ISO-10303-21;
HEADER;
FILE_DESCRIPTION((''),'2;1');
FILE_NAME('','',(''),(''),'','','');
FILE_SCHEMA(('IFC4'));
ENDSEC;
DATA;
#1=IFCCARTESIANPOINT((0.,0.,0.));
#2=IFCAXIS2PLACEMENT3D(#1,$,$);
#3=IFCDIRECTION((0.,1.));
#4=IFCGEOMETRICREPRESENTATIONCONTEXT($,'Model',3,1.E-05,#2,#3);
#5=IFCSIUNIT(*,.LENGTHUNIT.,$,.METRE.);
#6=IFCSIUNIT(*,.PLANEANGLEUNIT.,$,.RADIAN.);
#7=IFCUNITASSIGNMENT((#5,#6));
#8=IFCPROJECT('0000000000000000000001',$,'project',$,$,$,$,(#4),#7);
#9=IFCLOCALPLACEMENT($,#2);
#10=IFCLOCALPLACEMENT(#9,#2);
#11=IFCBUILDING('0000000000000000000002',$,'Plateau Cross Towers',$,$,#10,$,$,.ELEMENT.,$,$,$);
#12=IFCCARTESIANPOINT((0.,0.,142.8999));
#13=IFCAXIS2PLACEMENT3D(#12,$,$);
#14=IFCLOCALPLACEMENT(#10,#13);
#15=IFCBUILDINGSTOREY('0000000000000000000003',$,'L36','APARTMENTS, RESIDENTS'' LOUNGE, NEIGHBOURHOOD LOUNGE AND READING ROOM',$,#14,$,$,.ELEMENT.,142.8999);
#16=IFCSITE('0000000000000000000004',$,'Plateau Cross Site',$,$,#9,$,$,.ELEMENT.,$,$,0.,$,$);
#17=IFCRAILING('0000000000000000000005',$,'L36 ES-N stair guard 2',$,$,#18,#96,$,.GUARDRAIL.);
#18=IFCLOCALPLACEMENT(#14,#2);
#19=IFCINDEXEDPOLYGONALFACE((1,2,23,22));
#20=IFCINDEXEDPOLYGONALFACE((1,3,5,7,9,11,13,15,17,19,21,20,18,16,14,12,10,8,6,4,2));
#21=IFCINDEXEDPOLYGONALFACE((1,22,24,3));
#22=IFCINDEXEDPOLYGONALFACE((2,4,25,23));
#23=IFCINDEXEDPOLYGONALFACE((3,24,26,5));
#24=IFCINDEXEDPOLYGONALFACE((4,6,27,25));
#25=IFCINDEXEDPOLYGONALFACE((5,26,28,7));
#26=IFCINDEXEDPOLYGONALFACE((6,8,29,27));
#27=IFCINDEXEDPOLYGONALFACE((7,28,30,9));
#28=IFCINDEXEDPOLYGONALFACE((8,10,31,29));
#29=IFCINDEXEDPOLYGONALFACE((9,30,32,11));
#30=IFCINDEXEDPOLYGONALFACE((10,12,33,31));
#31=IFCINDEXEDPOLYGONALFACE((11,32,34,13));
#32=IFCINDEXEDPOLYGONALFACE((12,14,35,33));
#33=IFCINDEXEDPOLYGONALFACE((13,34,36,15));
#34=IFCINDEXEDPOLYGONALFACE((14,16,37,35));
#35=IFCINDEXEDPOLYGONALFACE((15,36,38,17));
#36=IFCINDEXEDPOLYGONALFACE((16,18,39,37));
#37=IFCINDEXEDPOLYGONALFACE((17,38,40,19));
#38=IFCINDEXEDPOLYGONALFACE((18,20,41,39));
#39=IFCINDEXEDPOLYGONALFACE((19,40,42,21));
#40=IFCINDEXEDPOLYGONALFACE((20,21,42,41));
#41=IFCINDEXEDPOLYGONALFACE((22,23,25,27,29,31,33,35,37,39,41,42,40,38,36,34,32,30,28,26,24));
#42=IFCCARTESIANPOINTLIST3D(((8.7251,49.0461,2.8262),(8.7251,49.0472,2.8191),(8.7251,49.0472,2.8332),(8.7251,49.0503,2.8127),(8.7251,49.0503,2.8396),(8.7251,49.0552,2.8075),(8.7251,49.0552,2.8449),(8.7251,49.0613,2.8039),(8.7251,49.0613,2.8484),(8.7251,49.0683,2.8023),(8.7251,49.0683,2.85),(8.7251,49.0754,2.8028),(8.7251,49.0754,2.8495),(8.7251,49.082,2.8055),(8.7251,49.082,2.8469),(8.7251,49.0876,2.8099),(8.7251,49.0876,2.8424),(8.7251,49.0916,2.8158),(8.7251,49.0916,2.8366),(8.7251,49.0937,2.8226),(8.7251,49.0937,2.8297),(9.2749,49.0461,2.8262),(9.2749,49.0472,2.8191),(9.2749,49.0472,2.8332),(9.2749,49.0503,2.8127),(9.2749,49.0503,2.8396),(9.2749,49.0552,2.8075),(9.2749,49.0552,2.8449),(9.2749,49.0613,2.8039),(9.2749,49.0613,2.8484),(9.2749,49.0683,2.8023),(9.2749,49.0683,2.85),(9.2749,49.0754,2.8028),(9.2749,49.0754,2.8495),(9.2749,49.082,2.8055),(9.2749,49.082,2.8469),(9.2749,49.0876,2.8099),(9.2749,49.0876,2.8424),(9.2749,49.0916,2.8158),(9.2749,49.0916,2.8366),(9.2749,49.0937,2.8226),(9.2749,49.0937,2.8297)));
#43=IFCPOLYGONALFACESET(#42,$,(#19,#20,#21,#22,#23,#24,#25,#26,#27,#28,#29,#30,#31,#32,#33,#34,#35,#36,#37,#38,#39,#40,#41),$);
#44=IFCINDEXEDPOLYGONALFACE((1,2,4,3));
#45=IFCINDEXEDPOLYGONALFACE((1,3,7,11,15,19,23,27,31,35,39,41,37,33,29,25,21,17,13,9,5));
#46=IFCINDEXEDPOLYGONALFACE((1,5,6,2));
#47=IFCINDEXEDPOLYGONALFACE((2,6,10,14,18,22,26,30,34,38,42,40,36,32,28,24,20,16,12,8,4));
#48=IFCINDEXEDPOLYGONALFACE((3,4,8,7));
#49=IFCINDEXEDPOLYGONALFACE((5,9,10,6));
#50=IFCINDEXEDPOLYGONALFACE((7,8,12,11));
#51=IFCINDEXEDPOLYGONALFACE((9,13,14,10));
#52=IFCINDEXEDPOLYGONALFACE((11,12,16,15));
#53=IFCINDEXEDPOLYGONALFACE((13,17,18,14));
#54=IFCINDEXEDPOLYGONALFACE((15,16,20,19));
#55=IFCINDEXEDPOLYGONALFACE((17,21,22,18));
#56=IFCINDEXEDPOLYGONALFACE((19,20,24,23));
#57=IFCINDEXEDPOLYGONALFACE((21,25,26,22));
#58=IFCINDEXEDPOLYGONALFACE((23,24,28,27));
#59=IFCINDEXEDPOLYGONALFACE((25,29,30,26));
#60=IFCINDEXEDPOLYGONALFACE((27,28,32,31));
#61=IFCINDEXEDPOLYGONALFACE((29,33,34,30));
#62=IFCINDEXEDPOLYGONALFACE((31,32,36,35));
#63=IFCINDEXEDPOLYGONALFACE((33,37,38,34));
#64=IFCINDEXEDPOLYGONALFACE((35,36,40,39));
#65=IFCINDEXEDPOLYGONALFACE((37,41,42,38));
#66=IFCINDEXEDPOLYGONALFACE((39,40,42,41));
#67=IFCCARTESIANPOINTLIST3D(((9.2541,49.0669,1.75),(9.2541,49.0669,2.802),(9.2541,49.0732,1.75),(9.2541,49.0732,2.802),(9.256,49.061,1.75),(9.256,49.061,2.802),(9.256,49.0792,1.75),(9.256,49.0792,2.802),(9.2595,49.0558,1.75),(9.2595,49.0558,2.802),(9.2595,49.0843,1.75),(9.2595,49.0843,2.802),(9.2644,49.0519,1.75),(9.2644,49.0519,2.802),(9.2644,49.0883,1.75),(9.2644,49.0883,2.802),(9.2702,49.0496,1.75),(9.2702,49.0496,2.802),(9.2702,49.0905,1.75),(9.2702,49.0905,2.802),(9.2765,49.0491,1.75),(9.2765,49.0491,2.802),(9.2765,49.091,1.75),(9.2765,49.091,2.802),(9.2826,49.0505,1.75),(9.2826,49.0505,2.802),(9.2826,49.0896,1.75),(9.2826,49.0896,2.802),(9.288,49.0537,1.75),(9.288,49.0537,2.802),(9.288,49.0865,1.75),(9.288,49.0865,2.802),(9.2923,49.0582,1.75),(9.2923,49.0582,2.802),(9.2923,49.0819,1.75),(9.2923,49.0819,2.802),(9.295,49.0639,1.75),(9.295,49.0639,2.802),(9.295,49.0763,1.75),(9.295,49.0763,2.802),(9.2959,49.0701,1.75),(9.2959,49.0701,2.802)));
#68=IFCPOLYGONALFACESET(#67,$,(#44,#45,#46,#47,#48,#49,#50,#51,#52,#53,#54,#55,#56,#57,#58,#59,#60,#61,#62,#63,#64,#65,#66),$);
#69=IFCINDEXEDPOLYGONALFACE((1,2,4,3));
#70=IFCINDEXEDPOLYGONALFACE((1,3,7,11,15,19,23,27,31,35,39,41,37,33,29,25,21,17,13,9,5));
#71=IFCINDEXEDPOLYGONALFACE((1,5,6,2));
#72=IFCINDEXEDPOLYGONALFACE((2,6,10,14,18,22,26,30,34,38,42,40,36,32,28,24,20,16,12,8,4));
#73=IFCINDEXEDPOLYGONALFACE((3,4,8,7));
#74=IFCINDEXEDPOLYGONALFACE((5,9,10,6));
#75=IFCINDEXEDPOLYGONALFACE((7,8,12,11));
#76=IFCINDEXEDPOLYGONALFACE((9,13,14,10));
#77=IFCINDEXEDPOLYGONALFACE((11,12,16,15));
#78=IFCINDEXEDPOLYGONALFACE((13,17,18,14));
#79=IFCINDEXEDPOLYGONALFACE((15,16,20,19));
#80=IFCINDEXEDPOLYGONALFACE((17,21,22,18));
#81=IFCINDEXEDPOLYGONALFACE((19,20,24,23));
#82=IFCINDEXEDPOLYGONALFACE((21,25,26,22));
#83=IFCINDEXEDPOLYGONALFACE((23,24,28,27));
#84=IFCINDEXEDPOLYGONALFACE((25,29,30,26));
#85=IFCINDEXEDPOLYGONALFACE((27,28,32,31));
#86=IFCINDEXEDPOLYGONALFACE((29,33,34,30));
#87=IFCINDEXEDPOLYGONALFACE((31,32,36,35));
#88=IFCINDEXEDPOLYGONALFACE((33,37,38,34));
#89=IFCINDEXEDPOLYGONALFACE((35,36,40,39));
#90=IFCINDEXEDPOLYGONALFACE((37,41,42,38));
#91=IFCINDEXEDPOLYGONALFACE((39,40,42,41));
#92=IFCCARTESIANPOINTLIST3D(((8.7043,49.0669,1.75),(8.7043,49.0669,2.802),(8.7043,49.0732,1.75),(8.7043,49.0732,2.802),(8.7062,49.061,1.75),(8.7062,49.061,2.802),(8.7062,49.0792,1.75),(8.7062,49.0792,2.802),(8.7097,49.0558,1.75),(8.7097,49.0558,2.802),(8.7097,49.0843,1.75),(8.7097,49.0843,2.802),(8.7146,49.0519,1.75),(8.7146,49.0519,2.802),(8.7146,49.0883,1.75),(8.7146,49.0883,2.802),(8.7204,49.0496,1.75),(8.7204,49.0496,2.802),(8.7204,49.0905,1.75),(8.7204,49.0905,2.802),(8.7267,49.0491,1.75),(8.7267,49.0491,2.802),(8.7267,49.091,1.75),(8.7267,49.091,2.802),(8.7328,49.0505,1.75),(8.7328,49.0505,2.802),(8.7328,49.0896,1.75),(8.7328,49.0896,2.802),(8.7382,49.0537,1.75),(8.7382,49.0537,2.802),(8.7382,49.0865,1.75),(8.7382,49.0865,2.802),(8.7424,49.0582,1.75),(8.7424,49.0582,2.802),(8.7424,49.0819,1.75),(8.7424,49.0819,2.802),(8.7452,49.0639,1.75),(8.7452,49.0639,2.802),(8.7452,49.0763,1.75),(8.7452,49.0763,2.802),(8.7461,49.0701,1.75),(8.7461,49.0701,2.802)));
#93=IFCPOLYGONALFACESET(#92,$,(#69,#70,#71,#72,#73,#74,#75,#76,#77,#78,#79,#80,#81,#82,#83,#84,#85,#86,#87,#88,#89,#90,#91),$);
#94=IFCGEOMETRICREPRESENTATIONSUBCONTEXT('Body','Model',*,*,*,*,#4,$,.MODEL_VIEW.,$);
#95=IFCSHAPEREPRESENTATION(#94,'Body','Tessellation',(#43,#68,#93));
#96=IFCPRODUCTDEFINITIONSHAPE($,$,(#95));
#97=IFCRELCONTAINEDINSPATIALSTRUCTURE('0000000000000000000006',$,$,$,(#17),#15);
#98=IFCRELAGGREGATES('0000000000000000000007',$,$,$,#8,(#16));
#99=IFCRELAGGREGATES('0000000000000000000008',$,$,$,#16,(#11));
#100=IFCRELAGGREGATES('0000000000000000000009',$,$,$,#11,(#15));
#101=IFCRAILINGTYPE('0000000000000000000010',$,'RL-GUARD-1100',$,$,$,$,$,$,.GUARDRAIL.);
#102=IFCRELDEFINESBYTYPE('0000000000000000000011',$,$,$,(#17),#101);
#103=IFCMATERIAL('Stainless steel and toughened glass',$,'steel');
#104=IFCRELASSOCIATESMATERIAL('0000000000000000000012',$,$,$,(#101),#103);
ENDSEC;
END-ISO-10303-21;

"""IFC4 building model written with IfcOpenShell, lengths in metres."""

from ifc_helpers import new_model, si_unit, direction, frame, origin, origin_2d, place, context, subcontext, project, spatial, circle, extrude, material, type_object, element, save


model = new_model("IFC4")

# Units and contexts
model_context = context("Model", 3, precision=1e-05, world=origin(), true_north=direction((0.0, 1.0)))
body_context = subcontext(model_context, "Body", "Model", "MODEL_VIEW")
ifc_project = project(units=[si_unit("LENGTHUNIT", "METRE"), si_unit("PLANEANGLEUNIT", "RADIAN")], contexts=[model_context])

# Site, building, storey
site_placement = place(None, origin())
site = spatial("IfcSite", under=ifc_project, at=site_placement, Name="Plateau Cross Site", CompositionType="ELEMENT", RefElevation=0.0)
building_placement = place(site_placement, origin())
building = spatial("IfcBuilding", under=site, at=building_placement, Name="Plateau Cross Towers", CompositionType="ELEMENT")
storey_placement = place(building_placement, frame((0.0, 0.0, 142.8999)))
storey = spatial("IfcBuildingStorey", under=building, at=storey_placement, Name="L36", Description="APARTMENTS, RESIDENTS' LOUNGE, NEIGHBOURHOOD LOUNGE AND READING ROOM", CompositionType="ELEMENT", Elevation=142.8999)

# Railing
ifc_material_1 = material(Name="Stainless steel and toughened glass", Category="steel")
railing_type_1 = type_object("IfcRailingType", Name="RL-GUARD-1100", PredefinedType="GUARDRAIL", material=ifc_material_1)
railing_1_placement = place(storey_placement, frame((9.2749, 49.0701, 1.75)))
element("IfcRailing", 1, at=railing_1_placement, inside=storey, type_object=railing_type_1, Name="L36 ES-N stair guard 2", PredefinedType="GUARDRAIL", context=body_context, shape_type="SweptSolid", body=[
    extrude(circle(Radius=0.0239, at=origin_2d()), frame((0.0, 0.0, 1.0762), z_axis=(-1.0, 0.0, 0.0), x_axis=(0.0, -1.0, 0.0)), (0.0, 0.0, 1.0), 0.5498),
    extrude(circle(Radius=0.021, at=origin_2d()), origin(), (0.0, 0.0, 1.0), 1.052),
    extrude(circle(Radius=0.021, at=origin_2d()), frame((-0.5498, 0.0, 0.0)), (0.0, 0.0, 1.0), 1.052),
])

save(model, "model.ifc")
